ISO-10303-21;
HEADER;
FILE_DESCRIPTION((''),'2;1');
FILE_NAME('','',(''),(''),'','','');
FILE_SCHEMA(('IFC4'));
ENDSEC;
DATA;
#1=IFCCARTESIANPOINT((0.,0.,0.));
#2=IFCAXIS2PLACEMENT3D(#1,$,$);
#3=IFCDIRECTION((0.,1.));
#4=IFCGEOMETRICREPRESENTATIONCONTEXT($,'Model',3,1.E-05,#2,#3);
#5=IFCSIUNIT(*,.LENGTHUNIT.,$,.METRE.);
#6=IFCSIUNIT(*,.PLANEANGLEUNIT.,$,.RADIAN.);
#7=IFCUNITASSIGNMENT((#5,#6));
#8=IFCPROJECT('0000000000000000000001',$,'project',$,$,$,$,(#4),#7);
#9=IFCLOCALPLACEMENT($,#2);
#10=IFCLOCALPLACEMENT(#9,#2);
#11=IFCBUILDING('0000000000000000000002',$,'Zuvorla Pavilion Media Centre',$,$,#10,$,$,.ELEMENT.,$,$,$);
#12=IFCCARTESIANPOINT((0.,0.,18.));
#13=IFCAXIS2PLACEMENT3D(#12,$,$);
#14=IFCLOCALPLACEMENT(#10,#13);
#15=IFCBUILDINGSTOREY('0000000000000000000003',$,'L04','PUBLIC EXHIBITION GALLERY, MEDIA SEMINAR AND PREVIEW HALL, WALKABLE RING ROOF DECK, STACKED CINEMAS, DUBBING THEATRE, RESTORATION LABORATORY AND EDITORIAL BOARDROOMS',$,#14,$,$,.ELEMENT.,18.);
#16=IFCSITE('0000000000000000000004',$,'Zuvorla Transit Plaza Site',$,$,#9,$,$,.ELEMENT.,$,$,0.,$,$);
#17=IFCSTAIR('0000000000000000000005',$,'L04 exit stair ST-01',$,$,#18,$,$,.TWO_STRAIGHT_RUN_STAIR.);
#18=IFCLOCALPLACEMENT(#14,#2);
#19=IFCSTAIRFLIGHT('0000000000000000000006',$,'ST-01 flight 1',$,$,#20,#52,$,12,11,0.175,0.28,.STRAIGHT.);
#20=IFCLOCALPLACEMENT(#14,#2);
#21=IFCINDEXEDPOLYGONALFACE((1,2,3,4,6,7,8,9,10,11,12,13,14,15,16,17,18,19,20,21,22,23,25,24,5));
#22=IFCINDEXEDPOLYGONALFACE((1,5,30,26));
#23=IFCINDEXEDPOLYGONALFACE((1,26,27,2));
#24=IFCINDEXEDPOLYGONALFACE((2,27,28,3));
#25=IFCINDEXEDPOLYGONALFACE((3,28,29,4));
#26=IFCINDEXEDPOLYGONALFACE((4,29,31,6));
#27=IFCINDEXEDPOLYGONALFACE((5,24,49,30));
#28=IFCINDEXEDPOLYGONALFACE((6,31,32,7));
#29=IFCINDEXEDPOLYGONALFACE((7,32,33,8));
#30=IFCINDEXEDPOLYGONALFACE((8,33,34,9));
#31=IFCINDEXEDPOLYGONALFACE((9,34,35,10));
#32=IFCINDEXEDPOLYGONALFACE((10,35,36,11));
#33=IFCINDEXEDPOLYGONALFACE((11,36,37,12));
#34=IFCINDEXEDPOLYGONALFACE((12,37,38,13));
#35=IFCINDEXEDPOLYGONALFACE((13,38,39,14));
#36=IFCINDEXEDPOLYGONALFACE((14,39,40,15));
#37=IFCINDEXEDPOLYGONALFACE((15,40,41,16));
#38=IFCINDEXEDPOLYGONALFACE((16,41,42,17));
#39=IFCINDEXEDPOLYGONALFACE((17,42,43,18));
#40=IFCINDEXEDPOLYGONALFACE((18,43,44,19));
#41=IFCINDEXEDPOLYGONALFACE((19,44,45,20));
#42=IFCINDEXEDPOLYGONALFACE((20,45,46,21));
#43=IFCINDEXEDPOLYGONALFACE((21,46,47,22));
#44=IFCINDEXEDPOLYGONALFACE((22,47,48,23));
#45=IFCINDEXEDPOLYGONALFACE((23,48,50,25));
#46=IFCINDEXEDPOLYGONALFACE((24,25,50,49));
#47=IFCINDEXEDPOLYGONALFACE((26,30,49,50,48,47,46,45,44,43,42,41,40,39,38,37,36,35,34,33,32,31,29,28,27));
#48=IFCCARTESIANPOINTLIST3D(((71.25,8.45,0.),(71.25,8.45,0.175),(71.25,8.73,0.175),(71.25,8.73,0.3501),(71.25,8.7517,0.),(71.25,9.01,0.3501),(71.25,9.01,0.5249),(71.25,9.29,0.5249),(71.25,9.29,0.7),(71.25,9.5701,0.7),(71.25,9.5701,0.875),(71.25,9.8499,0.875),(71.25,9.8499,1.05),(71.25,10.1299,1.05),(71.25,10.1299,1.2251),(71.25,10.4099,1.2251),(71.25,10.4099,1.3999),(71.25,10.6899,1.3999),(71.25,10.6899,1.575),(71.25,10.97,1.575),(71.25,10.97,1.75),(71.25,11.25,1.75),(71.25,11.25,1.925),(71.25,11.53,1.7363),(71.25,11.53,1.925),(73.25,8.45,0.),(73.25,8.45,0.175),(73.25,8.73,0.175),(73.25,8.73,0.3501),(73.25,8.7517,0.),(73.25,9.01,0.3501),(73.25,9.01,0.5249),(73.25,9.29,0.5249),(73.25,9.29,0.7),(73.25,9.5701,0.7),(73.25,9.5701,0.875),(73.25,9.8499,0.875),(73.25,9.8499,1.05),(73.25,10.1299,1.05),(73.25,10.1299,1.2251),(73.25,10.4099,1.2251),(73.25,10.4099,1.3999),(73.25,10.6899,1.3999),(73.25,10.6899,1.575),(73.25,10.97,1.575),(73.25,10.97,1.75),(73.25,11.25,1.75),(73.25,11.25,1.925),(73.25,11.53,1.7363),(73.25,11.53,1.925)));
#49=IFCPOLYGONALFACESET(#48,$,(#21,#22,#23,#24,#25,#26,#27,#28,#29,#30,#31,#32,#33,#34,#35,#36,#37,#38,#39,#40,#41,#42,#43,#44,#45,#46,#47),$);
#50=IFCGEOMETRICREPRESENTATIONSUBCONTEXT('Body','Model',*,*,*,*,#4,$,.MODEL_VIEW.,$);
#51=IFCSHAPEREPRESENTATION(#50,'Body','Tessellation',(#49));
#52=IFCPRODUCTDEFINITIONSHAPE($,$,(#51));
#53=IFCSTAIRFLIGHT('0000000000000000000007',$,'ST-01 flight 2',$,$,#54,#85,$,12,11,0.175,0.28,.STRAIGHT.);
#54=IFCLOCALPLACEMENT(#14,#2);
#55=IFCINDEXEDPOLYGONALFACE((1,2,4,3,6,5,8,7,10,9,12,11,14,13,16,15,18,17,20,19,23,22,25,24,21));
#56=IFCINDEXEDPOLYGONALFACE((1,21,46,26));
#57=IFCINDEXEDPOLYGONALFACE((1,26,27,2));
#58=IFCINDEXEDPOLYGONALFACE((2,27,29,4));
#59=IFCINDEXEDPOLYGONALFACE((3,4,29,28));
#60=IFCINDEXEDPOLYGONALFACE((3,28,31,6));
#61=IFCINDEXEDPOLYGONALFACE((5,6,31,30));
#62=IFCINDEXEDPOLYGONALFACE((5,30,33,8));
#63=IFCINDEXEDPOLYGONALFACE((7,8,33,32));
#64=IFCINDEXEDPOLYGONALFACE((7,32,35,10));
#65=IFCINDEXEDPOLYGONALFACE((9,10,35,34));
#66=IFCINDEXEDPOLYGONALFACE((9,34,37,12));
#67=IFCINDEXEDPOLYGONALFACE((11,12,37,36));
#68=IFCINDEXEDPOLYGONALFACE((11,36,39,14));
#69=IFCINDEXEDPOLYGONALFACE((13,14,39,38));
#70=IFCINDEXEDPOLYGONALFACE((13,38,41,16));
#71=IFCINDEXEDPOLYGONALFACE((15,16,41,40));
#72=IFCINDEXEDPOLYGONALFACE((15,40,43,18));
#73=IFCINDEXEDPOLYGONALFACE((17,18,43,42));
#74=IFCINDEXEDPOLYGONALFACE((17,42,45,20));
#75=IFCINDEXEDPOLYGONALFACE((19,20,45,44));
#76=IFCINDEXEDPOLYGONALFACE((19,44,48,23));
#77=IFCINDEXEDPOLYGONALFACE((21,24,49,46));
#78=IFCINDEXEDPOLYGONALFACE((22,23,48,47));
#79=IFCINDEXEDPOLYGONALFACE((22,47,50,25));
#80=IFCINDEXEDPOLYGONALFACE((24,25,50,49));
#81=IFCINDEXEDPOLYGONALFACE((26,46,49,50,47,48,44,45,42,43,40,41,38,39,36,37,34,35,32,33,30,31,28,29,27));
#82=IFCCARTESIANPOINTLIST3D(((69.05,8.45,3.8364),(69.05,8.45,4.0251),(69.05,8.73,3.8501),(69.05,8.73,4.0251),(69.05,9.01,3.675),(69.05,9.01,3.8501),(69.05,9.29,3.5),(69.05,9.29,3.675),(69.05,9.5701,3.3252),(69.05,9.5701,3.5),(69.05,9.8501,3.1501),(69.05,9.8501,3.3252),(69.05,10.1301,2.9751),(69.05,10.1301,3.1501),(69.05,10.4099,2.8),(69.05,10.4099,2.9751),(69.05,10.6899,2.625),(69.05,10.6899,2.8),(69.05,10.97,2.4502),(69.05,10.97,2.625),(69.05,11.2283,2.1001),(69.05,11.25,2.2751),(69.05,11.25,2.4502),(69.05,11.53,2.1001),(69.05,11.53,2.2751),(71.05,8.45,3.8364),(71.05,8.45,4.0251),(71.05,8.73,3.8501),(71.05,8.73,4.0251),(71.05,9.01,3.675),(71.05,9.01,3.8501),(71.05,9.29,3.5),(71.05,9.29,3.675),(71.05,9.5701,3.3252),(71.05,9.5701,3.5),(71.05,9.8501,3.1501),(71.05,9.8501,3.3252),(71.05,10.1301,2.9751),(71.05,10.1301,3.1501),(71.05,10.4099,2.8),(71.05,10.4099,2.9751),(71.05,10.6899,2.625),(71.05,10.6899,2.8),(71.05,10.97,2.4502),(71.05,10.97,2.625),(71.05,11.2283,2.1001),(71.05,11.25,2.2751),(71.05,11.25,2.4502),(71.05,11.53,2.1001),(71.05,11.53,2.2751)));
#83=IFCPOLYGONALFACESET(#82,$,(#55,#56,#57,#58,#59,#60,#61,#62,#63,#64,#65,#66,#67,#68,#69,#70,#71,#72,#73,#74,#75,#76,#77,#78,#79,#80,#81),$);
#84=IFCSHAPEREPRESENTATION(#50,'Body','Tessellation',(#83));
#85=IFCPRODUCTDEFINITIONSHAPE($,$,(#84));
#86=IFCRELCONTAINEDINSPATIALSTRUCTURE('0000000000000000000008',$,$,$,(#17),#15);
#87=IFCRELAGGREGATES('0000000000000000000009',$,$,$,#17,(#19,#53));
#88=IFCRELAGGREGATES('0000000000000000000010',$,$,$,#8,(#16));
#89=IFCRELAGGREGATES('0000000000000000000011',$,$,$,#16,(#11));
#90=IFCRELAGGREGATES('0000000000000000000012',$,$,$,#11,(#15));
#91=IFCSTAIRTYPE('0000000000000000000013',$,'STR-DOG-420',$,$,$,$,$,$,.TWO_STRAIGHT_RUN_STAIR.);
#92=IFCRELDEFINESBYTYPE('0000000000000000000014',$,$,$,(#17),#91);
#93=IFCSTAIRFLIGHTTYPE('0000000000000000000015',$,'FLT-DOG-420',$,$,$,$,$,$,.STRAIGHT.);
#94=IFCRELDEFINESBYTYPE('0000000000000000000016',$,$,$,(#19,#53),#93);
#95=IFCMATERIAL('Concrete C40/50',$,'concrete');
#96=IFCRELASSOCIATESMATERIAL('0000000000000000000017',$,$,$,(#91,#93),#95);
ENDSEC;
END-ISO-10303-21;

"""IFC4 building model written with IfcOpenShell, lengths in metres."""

from ifc_helpers import new_model, si_unit, direction, frame, origin, place, context, subcontext, project, spatial, polyline, outline, extrude, material, type_object, element, aggregate, save


model = new_model("IFC4")

# Units and contexts
model_context = context("Model", 3, precision=1e-05, world=origin(), true_north=direction((0.0, 1.0)))
body_context = subcontext(model_context, "Body", "Model", "MODEL_VIEW")
ifc_project = project(units=[si_unit("LENGTHUNIT", "METRE"), si_unit("PLANEANGLEUNIT", "RADIAN")], contexts=[model_context])

# Site, building, storey
site_placement = place(None, origin())
site = spatial("IfcSite", under=ifc_project, at=site_placement, Name="Zuvorla Transit Plaza Site", CompositionType="ELEMENT", RefElevation=0.0)
building_placement = place(site_placement, origin())
building = spatial("IfcBuilding", under=site, at=building_placement, Name="Zuvorla Pavilion Media Centre", CompositionType="ELEMENT")
storey_placement = place(building_placement, frame((0.0, 0.0, 18.0)))
storey = spatial("IfcBuildingStorey", under=building, at=storey_placement, Name="L04", Description="PUBLIC EXHIBITION GALLERY, MEDIA SEMINAR AND PREVIEW HALL, WALKABLE RING ROOF DECK, STACKED CINEMAS, DUBBING THEATRE, RESTORATION LABORATORY AND EDITORIAL BOARDROOMS", CompositionType="ELEMENT", Elevation=18.0)

# Shared definitions
ifc_material_1 = material(Name="Concrete C40/50", Category="concrete")

# Stair, stair flights
stair_type = type_object("IfcStairType", Name="STR-DOG-420", PredefinedType="TWO_STRAIGHT_RUN_STAIR", material=ifc_material_1)
stair_placement = place(storey_placement, origin())
stair = element("IfcStair", 1, at=stair_placement, inside=storey, type_object=stair_type, Name="L04 exit stair ST-01", PredefinedType="TWO_STRAIGHT_RUN_STAIR")
stair_flight_type = type_object("IfcStairFlightType", Name="FLT-DOG-420", PredefinedType="STRAIGHT", material=ifc_material_1)
stair_flight_1_placement = place(storey_placement, frame((72.25, 8.45, 0.0), z_axis=(0.0, 0.0, 1.0), x_axis=(0.0, 1.0, 0.0)))
stair_flight_1 = element("IfcStairFlight", 2, at=stair_flight_1_placement, type_object=stair_flight_type, Name="ST-01 flight 1", NumberOfRisers=12, NumberOfTreads=11, PredefinedType="STRAIGHT", RiserHeight=0.175, TreadLength=0.28, context=body_context, shape_type="SweptSolid", body=[
    extrude(outline(polyline([(0.0, 0.0), (0.0, 0.175), (0.28, 0.175), (0.28, 0.3501), (0.5601, 0.3501), (0.5601, 0.5249), (0.8401, 0.5249), (0.8401, 0.7), (1.1201, 0.7), (1.1201, 0.875), (1.3999, 0.875), (1.3999, 1.05), (1.6799, 1.05), (1.6799, 1.2251), (1.96, 1.2251), (1.96, 1.3999), (2.24, 1.3999), (2.24, 1.575), (2.52, 1.575), (2.52, 1.75), (2.8, 1.75), (2.8, 1.925), (3.0801, 1.925), (3.0801, 2.1001), (3.0801, 1.7363), (0.3018, 0.0), (0.0, 0.0)])), frame((0.0, 1.0, 0.0), z_axis=(0.0, -1.0, 0.0), x_axis=(1.0, 0.0, 0.0)), (0.0, 0.0, 1.0), 2.0),
])
stair_flight_2_placement = place(storey_placement, frame((70.05, 11.53, 2.1001), z_axis=(0.0, 0.0, 1.0), x_axis=(0.0, -1.0, 0.0)))
stair_flight_2 = element("IfcStairFlight", 3, at=stair_flight_2_placement, type_object=stair_flight_type, Name="ST-01 flight 2", NumberOfRisers=12, NumberOfTreads=11, PredefinedType="STRAIGHT", RiserHeight=0.175, TreadLength=0.28, context=body_context, shape_type="SweptSolid", body=[
    extrude(outline(polyline([(0.0, 0.0), (0.0, 0.175), (0.28, 0.175), (0.28, 0.3501), (0.5601, 0.3501), (0.5601, 0.5249), (0.8401, 0.5249), (0.8401, 0.7), (1.1201, 0.7), (1.1201, 0.875), (1.3999, 0.875), (1.3999, 1.05), (1.6799, 1.05), (1.6799, 1.2251), (1.96, 1.2251), (1.96, 1.3999), (2.24, 1.3999), (2.24, 1.575), (2.52, 1.575), (2.52, 1.75), (2.8, 1.75), (2.8, 1.925), (3.0801, 1.925), (3.0801, 2.1001), (3.0801, 1.7363), (0.3018, 0.0), (0.0, 0.0)])), frame((0.0, 1.0, 0.0), z_axis=(0.0, -1.0, 0.0), x_axis=(1.0, 0.0, 0.0)), (0.0, 0.0, 1.0), 2.0),
])
aggregate(stair, [stair_flight_1, stair_flight_2])

save(model, "model.ifc")
